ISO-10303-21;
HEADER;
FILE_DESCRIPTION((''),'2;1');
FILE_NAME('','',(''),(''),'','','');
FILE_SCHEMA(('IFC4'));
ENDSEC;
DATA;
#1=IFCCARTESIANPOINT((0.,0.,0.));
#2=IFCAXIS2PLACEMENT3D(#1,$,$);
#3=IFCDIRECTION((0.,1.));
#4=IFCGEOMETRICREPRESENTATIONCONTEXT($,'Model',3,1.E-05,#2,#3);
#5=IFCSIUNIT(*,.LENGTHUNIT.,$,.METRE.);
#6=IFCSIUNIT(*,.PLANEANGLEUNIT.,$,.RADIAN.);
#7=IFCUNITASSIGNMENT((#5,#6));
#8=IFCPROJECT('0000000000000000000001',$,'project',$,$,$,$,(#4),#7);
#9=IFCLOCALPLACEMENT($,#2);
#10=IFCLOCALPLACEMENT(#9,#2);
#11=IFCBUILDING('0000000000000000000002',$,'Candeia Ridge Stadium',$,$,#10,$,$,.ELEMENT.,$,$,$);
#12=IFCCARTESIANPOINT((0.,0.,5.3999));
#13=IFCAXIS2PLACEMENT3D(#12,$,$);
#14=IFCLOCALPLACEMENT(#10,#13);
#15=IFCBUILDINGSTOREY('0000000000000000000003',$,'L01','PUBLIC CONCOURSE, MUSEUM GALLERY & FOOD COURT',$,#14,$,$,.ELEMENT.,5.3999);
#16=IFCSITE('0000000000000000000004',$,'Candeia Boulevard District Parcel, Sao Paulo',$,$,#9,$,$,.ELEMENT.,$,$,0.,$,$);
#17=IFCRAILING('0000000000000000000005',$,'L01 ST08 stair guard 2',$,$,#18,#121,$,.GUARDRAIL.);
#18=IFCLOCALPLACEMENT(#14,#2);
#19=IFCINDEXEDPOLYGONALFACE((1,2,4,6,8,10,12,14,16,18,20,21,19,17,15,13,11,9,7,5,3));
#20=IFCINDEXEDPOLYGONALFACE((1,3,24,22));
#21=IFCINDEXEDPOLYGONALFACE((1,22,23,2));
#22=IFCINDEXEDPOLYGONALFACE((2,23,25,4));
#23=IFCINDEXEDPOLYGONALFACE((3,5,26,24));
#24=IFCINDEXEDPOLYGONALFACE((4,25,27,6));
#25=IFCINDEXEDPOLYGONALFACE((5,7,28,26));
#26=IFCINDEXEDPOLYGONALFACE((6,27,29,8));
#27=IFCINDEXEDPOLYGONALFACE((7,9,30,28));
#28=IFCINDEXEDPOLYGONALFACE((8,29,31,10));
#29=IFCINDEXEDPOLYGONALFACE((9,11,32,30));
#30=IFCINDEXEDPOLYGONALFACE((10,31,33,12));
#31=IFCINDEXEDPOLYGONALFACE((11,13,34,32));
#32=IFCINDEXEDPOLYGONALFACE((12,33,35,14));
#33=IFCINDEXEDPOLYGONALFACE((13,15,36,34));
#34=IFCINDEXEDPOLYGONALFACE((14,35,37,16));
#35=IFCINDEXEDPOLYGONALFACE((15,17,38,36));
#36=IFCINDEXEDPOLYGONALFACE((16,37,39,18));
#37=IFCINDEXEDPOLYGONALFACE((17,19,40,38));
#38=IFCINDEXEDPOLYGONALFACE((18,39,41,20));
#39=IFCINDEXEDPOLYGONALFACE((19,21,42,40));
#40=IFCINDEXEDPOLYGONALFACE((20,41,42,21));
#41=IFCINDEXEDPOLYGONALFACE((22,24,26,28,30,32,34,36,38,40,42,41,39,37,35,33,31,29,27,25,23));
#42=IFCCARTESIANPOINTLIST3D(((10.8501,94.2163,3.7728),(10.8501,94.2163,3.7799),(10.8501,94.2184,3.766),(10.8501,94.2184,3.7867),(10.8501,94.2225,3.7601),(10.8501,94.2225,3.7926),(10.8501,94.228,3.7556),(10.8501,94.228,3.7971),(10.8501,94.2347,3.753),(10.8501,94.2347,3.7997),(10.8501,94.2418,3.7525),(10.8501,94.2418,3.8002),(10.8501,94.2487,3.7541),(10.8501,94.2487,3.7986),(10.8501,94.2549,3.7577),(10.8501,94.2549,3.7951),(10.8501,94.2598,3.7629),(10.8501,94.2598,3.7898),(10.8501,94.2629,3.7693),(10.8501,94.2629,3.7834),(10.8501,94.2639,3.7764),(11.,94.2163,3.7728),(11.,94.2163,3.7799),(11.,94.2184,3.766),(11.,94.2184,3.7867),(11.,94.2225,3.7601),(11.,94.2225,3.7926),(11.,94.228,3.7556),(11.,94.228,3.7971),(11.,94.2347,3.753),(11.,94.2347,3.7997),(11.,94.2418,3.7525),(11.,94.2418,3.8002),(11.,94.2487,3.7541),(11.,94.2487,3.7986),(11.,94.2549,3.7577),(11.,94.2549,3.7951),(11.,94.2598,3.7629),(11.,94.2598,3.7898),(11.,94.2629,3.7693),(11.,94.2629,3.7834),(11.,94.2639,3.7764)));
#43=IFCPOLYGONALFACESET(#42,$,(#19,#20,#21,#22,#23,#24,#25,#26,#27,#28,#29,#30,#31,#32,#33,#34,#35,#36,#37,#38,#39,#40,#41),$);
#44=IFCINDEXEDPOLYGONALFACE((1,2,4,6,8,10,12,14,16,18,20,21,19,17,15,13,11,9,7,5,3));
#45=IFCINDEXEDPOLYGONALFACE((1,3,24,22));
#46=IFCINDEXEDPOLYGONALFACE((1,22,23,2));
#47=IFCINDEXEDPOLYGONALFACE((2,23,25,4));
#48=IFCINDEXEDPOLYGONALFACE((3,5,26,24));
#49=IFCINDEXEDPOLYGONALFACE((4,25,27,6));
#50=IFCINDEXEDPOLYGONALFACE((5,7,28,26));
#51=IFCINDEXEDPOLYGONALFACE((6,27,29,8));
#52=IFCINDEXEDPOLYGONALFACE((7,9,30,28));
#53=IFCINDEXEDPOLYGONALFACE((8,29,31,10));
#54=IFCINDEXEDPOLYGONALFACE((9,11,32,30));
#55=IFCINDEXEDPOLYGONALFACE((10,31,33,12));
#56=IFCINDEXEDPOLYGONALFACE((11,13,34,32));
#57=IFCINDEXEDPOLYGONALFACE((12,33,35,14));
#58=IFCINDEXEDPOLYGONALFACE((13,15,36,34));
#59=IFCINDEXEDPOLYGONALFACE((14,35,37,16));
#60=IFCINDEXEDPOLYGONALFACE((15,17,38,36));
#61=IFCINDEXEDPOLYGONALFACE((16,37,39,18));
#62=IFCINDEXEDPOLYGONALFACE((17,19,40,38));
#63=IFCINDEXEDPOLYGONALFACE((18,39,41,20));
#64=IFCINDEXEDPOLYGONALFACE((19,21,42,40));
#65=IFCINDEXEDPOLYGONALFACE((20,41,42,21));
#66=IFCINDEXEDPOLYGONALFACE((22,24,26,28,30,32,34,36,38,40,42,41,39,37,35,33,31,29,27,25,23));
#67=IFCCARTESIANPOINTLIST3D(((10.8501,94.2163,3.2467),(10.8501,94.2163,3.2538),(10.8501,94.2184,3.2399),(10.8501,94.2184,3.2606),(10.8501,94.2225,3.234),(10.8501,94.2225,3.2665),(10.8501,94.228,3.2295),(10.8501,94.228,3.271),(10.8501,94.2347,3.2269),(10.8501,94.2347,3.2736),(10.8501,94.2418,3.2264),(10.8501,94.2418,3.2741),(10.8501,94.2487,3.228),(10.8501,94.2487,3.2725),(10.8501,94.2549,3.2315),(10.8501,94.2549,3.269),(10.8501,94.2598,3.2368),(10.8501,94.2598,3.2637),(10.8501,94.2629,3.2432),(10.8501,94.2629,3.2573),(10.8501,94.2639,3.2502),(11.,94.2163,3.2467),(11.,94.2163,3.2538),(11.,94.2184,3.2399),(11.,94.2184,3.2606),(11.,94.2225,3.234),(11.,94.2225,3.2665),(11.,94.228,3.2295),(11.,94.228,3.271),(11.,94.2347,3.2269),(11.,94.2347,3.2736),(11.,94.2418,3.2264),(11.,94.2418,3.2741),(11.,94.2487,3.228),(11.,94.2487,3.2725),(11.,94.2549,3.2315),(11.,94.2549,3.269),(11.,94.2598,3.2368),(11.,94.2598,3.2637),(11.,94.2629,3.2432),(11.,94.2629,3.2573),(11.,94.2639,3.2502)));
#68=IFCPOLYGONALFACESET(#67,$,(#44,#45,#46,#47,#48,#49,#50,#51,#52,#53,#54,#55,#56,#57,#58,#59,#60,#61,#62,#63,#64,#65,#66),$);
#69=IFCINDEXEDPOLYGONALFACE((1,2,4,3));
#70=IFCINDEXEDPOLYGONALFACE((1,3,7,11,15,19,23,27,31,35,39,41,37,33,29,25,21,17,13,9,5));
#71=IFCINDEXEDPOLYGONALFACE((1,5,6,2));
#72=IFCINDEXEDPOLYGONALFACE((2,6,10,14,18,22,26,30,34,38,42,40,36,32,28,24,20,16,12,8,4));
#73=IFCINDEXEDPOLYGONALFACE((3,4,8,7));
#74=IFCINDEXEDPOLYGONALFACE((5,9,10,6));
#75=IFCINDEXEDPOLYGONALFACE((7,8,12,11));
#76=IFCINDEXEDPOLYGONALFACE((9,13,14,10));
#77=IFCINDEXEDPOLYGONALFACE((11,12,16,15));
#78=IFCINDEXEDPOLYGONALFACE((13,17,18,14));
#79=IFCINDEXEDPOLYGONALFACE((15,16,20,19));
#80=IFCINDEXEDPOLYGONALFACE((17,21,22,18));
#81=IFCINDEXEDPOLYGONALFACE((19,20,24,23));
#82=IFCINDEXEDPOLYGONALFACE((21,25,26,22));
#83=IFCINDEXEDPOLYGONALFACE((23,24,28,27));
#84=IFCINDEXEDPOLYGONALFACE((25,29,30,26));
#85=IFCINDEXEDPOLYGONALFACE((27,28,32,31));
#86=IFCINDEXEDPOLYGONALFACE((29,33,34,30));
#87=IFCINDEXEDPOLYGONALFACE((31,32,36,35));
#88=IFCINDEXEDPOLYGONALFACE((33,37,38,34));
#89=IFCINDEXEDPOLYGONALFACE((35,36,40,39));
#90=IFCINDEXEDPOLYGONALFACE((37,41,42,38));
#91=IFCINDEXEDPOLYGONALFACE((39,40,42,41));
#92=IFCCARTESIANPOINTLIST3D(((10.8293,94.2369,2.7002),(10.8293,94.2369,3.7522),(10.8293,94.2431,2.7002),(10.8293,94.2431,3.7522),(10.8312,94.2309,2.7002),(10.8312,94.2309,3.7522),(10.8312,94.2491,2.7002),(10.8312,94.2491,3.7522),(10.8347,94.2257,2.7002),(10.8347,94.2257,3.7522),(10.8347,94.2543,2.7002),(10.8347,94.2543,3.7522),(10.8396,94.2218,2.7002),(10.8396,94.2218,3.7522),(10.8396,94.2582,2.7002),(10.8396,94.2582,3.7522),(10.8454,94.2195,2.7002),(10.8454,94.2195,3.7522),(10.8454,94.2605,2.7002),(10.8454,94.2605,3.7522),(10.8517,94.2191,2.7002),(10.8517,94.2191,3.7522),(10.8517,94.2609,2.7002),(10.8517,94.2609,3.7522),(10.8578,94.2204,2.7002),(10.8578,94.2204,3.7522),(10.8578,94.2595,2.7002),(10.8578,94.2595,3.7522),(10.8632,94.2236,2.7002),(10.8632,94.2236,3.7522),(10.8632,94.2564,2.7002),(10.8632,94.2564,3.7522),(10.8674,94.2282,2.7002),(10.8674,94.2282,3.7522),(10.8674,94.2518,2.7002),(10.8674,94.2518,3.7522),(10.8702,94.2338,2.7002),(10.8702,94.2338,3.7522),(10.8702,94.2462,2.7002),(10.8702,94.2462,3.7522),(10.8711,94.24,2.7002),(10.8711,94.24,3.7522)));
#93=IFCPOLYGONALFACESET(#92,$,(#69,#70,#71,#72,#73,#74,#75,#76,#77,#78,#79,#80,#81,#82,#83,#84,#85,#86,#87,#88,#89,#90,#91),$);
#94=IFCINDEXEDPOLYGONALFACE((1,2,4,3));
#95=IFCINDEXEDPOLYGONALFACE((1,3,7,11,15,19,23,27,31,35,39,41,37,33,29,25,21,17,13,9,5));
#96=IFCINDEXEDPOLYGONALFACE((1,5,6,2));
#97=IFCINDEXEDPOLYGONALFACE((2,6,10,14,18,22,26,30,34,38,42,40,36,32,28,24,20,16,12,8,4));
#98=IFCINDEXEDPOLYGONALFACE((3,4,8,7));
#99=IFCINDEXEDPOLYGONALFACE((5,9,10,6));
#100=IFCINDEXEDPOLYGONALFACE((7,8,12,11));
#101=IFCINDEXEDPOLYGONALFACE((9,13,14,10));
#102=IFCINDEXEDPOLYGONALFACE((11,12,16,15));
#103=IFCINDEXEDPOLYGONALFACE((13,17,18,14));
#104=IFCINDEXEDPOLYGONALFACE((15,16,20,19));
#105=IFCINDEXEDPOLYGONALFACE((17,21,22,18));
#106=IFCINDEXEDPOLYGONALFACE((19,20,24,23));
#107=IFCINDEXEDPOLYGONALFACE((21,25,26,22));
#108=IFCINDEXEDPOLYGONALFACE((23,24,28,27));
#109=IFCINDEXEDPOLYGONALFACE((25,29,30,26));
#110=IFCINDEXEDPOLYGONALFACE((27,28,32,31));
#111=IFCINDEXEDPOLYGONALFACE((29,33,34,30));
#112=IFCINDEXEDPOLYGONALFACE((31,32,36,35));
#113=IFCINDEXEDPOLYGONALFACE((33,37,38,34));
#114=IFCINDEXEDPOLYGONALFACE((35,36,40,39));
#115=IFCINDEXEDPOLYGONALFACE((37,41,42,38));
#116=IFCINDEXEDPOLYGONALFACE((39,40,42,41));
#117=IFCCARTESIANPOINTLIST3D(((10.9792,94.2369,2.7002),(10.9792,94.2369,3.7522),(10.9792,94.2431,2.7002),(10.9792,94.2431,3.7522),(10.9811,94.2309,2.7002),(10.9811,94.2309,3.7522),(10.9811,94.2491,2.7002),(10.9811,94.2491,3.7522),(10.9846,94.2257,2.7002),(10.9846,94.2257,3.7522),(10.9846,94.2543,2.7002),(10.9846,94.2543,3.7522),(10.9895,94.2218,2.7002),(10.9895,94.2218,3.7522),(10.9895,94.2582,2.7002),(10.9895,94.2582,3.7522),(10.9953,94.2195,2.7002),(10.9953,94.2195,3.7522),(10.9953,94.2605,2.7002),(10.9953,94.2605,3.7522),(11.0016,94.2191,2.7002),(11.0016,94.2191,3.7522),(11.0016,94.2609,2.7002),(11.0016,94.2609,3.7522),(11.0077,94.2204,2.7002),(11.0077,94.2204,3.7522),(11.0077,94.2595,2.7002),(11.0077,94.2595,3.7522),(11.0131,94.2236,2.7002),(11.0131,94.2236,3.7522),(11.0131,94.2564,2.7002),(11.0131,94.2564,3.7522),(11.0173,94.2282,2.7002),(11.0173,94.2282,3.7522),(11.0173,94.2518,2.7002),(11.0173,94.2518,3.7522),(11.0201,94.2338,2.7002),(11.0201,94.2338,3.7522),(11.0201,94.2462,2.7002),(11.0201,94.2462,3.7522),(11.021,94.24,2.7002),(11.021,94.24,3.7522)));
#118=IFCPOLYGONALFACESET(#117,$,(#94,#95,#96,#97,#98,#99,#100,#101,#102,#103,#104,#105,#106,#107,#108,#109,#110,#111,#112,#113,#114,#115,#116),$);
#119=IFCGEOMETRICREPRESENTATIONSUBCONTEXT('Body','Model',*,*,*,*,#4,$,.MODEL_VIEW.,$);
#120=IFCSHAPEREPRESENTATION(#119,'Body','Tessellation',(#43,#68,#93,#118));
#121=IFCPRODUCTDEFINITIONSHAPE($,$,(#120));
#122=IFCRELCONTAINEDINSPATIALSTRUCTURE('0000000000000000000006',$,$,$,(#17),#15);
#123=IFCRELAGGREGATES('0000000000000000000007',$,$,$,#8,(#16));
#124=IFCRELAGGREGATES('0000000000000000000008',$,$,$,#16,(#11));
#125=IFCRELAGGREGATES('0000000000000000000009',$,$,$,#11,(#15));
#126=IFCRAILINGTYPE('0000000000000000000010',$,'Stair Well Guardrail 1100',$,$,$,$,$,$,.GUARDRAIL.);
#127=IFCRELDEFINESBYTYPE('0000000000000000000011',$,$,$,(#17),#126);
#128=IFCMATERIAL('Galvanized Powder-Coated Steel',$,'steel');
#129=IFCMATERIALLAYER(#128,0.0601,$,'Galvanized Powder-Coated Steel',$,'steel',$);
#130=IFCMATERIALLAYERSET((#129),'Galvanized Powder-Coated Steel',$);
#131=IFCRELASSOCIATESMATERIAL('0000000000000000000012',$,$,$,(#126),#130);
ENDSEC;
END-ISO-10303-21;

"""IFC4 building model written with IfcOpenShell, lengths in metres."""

from ifc_helpers import new_model, si_unit, direction, frame, origin, origin_2d, place, context, subcontext, project, spatial, circle, extrude, material, layer, layer_set, type_object, element, save


model = new_model("IFC4")

# Units and contexts
model_context = context("Model", 3, precision=1e-05, world=origin(), true_north=direction((0.0, 1.0)))
body_context = subcontext(model_context, "Body", "Model", "MODEL_VIEW")
ifc_project = project(units=[si_unit("LENGTHUNIT", "METRE"), si_unit("PLANEANGLEUNIT", "RADIAN")], contexts=[model_context])

# Site, building, storey
site_placement = place(None, origin())
site = spatial("IfcSite", under=ifc_project, at=site_placement, Name="Candeia Boulevard District Parcel, Sao Paulo", CompositionType="ELEMENT", RefElevation=0.0)
building_placement = place(site_placement, origin())
building = spatial("IfcBuilding", under=site, at=building_placement, Name="Candeia Ridge Stadium", CompositionType="ELEMENT")
storey_placement = place(building_placement, frame((0.0, 0.0, 5.3999)))
storey = spatial("IfcBuildingStorey", under=building, at=storey_placement, Name="L01", Description="PUBLIC CONCOURSE, MUSEUM GALLERY & FOOD COURT", CompositionType="ELEMENT", Elevation=5.3999)

# Railing
ifc_material_1 = material(Name="Galvanized Powder-Coated Steel", Category="steel")
ifc_layer_1 = layer(ifc_material_1, 0.0601, Name="Galvanized Powder-Coated Steel", Category="steel")
ifc_layer_set_1 = layer_set([ifc_layer_1], Name="Galvanized Powder-Coated Steel")
railing_type_1 = type_object("IfcRailingType", Name="Stair Well Guardrail 1100", PredefinedType="GUARDRAIL", material=ifc_layer_set_1)
railing_1_placement = place(storey_placement, frame((10.8501, 94.24, 2.7002)))
element("IfcRailing", 1, at=railing_1_placement, inside=storey, type_object=railing_type_1, Name="L01 ST08 stair guard 2", PredefinedType="GUARDRAIL", context=body_context, shape_type="SweptSolid", body=[
    extrude(circle(Radius=0.0239, at=origin_2d()), frame((0.0, 0.0, 1.0762), z_axis=(1.0, 0.0, 0.0), x_axis=(0.0, 1.0, 0.0)), (0.0, 0.0, 1.0), 0.1499),
    extrude(circle(Radius=0.0239, at=origin_2d()), frame((0.0, 0.0, 0.55), z_axis=(1.0, 0.0, 0.0), x_axis=(0.0, 1.0, 0.0)), (0.0, 0.0, 1.0), 0.1499),
    extrude(circle(Radius=0.021, at=origin_2d()), origin(), (0.0, 0.0, 1.0), 1.052),
    extrude(circle(Radius=0.021, at=origin_2d()), frame((0.1499, 0.0, 0.0)), (0.0, 0.0, 1.0), 1.052),
])

save(model, "model.ifc")
